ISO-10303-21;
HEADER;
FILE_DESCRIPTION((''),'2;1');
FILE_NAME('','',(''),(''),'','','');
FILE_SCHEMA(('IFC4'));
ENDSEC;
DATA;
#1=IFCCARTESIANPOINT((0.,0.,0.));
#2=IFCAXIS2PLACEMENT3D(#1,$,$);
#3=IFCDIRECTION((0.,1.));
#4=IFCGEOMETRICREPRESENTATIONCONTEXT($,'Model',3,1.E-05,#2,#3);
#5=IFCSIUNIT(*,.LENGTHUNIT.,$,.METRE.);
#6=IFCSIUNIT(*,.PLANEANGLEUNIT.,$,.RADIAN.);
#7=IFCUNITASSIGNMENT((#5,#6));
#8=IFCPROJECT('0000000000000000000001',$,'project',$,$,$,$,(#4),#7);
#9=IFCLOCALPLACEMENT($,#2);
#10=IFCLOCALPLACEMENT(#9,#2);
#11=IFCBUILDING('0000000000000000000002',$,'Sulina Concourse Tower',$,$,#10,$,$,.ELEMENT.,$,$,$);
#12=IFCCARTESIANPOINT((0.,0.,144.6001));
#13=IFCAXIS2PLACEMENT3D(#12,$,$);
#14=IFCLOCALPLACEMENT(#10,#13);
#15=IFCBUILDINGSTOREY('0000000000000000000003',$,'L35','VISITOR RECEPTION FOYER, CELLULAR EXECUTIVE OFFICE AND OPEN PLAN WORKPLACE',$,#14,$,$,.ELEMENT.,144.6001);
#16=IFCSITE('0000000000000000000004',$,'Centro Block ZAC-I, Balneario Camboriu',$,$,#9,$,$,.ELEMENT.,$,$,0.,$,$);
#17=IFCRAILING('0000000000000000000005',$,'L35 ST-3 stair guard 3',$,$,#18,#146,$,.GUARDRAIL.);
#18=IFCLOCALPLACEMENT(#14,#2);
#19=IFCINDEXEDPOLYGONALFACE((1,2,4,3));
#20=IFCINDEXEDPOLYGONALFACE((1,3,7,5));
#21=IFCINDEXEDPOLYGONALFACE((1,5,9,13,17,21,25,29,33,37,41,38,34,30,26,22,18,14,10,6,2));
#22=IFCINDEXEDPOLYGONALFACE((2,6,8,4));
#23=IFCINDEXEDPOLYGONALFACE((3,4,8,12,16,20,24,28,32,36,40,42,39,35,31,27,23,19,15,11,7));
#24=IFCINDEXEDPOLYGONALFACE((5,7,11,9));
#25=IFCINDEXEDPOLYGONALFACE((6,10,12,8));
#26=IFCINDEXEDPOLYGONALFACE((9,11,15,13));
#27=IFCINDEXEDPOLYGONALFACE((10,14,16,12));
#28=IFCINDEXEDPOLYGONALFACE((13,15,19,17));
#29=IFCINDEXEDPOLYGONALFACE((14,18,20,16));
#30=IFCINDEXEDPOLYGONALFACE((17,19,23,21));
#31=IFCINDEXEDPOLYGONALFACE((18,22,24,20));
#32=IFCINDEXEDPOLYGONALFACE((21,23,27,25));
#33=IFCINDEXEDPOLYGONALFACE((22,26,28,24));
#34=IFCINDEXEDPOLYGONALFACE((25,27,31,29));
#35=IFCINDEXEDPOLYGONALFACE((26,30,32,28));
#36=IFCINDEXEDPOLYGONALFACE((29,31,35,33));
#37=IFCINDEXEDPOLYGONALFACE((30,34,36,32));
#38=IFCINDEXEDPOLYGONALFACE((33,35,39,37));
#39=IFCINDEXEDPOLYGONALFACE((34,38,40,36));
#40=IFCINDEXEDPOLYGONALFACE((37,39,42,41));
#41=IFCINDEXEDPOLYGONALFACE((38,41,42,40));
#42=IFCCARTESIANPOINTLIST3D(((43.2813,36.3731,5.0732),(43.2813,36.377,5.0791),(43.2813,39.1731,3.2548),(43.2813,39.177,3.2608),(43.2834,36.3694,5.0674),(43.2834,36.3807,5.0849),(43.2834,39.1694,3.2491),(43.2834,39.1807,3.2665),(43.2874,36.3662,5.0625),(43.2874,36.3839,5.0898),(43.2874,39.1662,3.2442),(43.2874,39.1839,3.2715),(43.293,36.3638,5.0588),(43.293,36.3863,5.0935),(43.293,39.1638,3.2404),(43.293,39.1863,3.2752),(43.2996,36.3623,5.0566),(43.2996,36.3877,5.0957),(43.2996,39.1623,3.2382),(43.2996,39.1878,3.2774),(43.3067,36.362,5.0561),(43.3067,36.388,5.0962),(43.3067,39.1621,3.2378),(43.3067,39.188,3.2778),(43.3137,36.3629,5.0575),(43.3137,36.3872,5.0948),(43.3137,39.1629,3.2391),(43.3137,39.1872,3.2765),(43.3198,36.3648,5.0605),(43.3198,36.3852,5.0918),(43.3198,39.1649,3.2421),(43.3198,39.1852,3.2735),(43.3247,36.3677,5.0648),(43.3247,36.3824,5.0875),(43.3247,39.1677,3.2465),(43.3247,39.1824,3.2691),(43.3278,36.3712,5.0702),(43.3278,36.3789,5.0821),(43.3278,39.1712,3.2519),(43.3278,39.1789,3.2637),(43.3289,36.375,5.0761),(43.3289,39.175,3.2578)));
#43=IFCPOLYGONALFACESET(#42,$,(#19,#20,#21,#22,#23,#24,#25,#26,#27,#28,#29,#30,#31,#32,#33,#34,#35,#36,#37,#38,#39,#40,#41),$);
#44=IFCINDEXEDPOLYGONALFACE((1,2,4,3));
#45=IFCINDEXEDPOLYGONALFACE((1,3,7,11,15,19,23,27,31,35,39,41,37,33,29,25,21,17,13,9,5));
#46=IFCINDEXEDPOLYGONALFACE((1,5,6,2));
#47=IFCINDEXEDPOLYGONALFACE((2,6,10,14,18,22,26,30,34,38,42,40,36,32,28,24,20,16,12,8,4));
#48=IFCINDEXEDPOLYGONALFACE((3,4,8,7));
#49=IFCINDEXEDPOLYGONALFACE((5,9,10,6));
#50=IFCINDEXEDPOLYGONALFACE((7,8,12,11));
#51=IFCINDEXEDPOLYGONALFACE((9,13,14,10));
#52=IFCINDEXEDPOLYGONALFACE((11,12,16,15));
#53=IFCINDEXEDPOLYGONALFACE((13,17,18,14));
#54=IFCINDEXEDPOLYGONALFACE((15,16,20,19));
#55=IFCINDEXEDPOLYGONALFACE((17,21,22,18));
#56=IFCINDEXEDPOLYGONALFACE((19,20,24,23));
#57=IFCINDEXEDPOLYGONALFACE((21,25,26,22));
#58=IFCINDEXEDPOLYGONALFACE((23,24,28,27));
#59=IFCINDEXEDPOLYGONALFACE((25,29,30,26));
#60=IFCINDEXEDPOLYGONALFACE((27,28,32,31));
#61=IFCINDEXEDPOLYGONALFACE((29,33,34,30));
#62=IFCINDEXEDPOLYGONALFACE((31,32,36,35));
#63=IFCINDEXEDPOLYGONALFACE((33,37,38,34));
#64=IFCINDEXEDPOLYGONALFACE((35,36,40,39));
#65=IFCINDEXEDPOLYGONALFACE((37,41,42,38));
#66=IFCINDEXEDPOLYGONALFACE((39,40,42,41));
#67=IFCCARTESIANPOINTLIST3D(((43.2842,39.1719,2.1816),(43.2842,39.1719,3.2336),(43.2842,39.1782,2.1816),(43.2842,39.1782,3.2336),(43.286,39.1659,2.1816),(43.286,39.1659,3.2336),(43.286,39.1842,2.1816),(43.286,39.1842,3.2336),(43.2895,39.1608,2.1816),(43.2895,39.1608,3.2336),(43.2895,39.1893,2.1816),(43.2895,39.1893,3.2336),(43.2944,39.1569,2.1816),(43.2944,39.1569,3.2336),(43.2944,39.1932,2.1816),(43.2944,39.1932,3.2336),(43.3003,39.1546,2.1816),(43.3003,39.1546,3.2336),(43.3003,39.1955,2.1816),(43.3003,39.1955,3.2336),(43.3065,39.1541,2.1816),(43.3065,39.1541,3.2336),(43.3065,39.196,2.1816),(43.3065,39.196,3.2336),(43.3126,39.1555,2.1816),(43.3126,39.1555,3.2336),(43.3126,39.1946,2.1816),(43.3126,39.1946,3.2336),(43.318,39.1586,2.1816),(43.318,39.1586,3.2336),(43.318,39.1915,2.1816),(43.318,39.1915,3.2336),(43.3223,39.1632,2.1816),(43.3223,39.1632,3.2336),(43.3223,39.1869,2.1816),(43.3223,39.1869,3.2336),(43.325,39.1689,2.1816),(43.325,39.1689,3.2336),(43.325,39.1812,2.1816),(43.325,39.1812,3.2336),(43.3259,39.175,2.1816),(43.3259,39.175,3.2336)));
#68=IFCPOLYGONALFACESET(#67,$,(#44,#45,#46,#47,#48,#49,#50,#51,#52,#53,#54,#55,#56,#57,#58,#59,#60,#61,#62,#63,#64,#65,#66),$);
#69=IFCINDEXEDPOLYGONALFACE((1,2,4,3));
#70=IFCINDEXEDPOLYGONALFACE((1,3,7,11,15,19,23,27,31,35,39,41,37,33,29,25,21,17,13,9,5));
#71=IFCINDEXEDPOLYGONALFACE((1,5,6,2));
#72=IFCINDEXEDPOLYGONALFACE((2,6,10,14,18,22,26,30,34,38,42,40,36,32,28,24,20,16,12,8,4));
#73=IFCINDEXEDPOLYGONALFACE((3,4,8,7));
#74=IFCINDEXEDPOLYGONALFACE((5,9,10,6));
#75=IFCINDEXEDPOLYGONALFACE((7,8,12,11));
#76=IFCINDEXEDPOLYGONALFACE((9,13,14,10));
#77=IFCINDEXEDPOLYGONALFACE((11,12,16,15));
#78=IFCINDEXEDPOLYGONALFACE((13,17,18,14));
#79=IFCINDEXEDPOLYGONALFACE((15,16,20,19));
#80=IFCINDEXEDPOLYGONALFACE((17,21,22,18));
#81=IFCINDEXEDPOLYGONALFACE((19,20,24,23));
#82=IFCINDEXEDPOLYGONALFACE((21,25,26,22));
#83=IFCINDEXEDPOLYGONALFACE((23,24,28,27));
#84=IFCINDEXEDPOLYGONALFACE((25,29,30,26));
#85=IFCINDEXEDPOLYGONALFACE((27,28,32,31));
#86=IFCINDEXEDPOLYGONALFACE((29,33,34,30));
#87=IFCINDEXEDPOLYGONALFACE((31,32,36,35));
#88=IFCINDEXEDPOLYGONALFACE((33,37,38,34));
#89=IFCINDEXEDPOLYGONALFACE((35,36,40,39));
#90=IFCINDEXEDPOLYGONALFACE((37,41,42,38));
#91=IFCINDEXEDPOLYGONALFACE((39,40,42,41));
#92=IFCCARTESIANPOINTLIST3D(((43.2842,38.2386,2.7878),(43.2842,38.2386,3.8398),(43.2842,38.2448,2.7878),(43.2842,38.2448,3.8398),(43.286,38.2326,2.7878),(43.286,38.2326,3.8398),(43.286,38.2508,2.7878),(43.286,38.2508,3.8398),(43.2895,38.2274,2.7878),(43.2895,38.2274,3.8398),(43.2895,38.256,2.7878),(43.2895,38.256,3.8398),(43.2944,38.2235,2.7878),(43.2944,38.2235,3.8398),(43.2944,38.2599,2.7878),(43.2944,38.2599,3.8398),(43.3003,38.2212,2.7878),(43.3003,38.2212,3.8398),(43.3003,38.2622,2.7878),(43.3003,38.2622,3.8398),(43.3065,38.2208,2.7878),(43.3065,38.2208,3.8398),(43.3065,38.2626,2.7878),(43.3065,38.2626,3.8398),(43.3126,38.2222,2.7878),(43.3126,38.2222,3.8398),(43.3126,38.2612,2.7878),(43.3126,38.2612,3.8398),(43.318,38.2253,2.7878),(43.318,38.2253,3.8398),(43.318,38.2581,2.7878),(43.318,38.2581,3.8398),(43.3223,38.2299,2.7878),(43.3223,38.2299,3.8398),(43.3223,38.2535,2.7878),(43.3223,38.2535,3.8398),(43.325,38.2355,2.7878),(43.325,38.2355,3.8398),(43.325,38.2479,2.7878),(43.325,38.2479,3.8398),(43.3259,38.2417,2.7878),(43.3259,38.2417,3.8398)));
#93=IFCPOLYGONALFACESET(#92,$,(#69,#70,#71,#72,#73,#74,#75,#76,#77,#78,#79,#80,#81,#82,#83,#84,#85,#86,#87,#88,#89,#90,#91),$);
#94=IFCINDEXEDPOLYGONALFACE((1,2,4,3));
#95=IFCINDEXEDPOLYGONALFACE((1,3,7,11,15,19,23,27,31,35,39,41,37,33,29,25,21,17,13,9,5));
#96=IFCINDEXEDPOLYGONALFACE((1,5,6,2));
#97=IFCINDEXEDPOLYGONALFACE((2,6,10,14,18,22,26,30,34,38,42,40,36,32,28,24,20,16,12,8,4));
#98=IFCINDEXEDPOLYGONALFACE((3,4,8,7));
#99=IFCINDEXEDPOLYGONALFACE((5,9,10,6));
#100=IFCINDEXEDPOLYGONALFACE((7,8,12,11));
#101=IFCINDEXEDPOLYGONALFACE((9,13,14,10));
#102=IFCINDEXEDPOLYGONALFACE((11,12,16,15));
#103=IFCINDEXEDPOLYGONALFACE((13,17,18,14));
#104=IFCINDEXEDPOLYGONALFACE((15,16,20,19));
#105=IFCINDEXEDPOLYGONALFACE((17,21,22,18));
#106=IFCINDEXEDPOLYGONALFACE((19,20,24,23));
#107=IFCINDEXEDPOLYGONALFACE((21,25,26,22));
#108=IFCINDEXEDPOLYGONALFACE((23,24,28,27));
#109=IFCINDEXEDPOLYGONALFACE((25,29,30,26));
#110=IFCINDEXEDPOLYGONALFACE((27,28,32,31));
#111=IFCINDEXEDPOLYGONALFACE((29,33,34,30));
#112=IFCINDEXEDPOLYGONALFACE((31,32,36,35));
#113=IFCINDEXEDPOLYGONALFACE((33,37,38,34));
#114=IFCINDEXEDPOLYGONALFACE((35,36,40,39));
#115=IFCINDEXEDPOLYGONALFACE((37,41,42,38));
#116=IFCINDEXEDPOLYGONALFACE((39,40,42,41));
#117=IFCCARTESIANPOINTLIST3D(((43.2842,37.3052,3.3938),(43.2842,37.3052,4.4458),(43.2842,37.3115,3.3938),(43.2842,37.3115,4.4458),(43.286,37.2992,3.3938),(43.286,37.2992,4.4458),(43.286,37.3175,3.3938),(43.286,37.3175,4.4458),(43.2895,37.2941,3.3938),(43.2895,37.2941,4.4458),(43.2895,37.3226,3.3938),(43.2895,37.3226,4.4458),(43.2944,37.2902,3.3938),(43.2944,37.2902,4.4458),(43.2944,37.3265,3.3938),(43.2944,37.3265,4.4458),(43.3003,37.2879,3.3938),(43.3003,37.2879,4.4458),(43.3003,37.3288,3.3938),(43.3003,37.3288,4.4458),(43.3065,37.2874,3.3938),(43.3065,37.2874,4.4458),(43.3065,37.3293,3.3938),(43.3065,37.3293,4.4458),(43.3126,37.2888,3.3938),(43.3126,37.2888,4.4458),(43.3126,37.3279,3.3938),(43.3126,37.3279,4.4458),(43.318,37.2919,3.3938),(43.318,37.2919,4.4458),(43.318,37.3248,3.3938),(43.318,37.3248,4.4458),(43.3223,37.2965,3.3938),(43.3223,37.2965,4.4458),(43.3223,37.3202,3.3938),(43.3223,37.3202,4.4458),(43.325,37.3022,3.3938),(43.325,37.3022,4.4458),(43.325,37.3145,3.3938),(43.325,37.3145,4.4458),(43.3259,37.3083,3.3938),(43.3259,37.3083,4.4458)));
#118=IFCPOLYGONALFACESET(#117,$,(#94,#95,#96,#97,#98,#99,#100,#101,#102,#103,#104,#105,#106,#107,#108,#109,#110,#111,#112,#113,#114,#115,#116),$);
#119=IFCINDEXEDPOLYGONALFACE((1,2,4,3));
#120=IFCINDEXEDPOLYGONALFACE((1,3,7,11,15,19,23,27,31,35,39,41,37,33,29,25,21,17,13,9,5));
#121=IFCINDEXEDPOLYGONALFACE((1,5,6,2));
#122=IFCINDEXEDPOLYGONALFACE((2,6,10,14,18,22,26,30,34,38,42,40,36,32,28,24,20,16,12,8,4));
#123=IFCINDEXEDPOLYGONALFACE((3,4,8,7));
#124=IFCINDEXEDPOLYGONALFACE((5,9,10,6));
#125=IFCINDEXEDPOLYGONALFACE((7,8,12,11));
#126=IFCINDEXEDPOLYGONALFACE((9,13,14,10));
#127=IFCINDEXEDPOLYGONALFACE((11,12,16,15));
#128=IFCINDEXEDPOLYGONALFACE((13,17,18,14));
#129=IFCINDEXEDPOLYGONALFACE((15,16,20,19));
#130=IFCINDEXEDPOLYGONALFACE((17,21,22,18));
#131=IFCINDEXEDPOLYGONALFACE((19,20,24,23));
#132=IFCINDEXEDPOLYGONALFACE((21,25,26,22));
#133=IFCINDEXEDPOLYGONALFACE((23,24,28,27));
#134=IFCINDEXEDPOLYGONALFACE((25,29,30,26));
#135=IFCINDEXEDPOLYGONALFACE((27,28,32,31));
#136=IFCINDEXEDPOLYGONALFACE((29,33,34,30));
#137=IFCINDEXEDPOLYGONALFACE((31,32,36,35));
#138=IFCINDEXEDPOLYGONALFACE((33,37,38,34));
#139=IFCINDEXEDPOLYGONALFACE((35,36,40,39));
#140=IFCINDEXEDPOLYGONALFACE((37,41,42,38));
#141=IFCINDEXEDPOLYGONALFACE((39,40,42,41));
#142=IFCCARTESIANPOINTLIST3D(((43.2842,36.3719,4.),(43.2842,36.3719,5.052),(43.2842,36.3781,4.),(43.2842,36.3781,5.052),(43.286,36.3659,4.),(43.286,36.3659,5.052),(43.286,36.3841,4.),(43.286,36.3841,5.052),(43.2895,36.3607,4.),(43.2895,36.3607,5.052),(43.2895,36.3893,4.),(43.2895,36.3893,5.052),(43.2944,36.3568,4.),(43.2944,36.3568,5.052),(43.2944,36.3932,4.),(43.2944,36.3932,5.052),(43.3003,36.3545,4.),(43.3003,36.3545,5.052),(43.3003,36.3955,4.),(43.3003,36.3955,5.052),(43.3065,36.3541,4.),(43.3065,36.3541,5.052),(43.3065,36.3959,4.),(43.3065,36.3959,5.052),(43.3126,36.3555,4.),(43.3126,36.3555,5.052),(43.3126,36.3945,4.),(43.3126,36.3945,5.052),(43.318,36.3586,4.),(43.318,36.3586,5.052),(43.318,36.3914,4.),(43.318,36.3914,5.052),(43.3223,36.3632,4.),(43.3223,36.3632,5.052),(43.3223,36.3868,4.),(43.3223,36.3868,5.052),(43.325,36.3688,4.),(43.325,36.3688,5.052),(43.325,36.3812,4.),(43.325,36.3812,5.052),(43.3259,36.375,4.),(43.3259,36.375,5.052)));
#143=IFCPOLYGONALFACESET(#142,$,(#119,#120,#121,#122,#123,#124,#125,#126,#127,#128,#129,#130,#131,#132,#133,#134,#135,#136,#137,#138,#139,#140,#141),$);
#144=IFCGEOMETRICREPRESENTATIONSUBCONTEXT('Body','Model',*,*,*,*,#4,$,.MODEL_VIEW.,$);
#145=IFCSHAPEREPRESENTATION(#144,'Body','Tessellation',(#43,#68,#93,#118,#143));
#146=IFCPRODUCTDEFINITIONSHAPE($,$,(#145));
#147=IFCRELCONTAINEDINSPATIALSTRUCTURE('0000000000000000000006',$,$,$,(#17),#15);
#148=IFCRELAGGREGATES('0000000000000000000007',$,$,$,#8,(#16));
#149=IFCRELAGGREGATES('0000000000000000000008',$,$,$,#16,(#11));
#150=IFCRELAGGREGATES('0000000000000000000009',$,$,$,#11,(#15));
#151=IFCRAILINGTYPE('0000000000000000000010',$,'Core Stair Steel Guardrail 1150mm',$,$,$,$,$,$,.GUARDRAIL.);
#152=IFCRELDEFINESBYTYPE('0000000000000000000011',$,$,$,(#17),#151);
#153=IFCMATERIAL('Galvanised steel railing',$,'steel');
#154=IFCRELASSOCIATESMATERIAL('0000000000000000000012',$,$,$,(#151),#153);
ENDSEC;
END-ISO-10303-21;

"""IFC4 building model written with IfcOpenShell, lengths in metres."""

from ifc_helpers import new_model, si_unit, direction, frame, origin, origin_2d, place, context, subcontext, project, spatial, circle, extrude, material, type_object, element, save


model = new_model("IFC4")

# Units and contexts
model_context = context("Model", 3, precision=1e-05, world=origin(), true_north=direction((0.0, 1.0)))
body_context = subcontext(model_context, "Body", "Model", "MODEL_VIEW")
ifc_project = project(units=[si_unit("LENGTHUNIT", "METRE"), si_unit("PLANEANGLEUNIT", "RADIAN")], contexts=[model_context])

# Site, building, storey
site_placement = place(None, origin())
site = spatial("IfcSite", under=ifc_project, at=site_placement, Name="Centro Block ZAC-I, Balneario Camboriu", CompositionType="ELEMENT", RefElevation=0.0)
building_placement = place(site_placement, origin())
building = spatial("IfcBuilding", under=site, at=building_placement, Name="Sulina Concourse Tower", CompositionType="ELEMENT")
storey_placement = place(building_placement, frame((0.0, 0.0, 144.6001)))
storey = spatial("IfcBuildingStorey", under=building, at=storey_placement, Name="L35", Description="VISITOR RECEPTION FOYER, CELLULAR EXECUTIVE OFFICE AND OPEN PLAN WORKPLACE", CompositionType="ELEMENT", Elevation=144.6001)

# Railing
ifc_material_1 = material(Name="Galvanised steel railing", Category="steel")
railing_type_1 = type_object("IfcRailingType", Name="Core Stair Steel Guardrail 1150mm", PredefinedType="GUARDRAIL", material=ifc_material_1)
railing_1_placement = place(storey_placement, frame((43.3049, 39.175, 2.1816)))
element("IfcRailing", 1, at=railing_1_placement, inside=storey, type_object=railing_type_1, Name="L35 ST-3 stair guard 3", PredefinedType="GUARDRAIL", context=body_context, shape_type="SweptSolid", body=[
    extrude(circle(Radius=0.0239, at=origin_2d()), frame((0.0, 0.0, 1.0762), z_axis=(0.0, -0.838672, 0.544636), x_axis=(1.0, 0.0, 0.0)), (0.0, 0.0, 1.0), 3.3386),
    extrude(circle(Radius=0.021, at=origin_2d()), origin(), (0.0, 0.0, 1.0), 1.052),
    extrude(circle(Radius=0.021, at=origin_2d()), frame((0.0, -0.9333, 0.6062)), (0.0, 0.0, 1.0), 1.052),
    extrude(circle(Radius=0.021, at=origin_2d()), frame((0.0, -1.8667, 1.2122)), (0.0, 0.0, 1.0), 1.052),
    extrude(circle(Radius=0.021, at=origin_2d()), frame((0.0, -2.8, 1.8184)), (0.0, 0.0, 1.0), 1.052),
])

save(model, "model.ifc")
